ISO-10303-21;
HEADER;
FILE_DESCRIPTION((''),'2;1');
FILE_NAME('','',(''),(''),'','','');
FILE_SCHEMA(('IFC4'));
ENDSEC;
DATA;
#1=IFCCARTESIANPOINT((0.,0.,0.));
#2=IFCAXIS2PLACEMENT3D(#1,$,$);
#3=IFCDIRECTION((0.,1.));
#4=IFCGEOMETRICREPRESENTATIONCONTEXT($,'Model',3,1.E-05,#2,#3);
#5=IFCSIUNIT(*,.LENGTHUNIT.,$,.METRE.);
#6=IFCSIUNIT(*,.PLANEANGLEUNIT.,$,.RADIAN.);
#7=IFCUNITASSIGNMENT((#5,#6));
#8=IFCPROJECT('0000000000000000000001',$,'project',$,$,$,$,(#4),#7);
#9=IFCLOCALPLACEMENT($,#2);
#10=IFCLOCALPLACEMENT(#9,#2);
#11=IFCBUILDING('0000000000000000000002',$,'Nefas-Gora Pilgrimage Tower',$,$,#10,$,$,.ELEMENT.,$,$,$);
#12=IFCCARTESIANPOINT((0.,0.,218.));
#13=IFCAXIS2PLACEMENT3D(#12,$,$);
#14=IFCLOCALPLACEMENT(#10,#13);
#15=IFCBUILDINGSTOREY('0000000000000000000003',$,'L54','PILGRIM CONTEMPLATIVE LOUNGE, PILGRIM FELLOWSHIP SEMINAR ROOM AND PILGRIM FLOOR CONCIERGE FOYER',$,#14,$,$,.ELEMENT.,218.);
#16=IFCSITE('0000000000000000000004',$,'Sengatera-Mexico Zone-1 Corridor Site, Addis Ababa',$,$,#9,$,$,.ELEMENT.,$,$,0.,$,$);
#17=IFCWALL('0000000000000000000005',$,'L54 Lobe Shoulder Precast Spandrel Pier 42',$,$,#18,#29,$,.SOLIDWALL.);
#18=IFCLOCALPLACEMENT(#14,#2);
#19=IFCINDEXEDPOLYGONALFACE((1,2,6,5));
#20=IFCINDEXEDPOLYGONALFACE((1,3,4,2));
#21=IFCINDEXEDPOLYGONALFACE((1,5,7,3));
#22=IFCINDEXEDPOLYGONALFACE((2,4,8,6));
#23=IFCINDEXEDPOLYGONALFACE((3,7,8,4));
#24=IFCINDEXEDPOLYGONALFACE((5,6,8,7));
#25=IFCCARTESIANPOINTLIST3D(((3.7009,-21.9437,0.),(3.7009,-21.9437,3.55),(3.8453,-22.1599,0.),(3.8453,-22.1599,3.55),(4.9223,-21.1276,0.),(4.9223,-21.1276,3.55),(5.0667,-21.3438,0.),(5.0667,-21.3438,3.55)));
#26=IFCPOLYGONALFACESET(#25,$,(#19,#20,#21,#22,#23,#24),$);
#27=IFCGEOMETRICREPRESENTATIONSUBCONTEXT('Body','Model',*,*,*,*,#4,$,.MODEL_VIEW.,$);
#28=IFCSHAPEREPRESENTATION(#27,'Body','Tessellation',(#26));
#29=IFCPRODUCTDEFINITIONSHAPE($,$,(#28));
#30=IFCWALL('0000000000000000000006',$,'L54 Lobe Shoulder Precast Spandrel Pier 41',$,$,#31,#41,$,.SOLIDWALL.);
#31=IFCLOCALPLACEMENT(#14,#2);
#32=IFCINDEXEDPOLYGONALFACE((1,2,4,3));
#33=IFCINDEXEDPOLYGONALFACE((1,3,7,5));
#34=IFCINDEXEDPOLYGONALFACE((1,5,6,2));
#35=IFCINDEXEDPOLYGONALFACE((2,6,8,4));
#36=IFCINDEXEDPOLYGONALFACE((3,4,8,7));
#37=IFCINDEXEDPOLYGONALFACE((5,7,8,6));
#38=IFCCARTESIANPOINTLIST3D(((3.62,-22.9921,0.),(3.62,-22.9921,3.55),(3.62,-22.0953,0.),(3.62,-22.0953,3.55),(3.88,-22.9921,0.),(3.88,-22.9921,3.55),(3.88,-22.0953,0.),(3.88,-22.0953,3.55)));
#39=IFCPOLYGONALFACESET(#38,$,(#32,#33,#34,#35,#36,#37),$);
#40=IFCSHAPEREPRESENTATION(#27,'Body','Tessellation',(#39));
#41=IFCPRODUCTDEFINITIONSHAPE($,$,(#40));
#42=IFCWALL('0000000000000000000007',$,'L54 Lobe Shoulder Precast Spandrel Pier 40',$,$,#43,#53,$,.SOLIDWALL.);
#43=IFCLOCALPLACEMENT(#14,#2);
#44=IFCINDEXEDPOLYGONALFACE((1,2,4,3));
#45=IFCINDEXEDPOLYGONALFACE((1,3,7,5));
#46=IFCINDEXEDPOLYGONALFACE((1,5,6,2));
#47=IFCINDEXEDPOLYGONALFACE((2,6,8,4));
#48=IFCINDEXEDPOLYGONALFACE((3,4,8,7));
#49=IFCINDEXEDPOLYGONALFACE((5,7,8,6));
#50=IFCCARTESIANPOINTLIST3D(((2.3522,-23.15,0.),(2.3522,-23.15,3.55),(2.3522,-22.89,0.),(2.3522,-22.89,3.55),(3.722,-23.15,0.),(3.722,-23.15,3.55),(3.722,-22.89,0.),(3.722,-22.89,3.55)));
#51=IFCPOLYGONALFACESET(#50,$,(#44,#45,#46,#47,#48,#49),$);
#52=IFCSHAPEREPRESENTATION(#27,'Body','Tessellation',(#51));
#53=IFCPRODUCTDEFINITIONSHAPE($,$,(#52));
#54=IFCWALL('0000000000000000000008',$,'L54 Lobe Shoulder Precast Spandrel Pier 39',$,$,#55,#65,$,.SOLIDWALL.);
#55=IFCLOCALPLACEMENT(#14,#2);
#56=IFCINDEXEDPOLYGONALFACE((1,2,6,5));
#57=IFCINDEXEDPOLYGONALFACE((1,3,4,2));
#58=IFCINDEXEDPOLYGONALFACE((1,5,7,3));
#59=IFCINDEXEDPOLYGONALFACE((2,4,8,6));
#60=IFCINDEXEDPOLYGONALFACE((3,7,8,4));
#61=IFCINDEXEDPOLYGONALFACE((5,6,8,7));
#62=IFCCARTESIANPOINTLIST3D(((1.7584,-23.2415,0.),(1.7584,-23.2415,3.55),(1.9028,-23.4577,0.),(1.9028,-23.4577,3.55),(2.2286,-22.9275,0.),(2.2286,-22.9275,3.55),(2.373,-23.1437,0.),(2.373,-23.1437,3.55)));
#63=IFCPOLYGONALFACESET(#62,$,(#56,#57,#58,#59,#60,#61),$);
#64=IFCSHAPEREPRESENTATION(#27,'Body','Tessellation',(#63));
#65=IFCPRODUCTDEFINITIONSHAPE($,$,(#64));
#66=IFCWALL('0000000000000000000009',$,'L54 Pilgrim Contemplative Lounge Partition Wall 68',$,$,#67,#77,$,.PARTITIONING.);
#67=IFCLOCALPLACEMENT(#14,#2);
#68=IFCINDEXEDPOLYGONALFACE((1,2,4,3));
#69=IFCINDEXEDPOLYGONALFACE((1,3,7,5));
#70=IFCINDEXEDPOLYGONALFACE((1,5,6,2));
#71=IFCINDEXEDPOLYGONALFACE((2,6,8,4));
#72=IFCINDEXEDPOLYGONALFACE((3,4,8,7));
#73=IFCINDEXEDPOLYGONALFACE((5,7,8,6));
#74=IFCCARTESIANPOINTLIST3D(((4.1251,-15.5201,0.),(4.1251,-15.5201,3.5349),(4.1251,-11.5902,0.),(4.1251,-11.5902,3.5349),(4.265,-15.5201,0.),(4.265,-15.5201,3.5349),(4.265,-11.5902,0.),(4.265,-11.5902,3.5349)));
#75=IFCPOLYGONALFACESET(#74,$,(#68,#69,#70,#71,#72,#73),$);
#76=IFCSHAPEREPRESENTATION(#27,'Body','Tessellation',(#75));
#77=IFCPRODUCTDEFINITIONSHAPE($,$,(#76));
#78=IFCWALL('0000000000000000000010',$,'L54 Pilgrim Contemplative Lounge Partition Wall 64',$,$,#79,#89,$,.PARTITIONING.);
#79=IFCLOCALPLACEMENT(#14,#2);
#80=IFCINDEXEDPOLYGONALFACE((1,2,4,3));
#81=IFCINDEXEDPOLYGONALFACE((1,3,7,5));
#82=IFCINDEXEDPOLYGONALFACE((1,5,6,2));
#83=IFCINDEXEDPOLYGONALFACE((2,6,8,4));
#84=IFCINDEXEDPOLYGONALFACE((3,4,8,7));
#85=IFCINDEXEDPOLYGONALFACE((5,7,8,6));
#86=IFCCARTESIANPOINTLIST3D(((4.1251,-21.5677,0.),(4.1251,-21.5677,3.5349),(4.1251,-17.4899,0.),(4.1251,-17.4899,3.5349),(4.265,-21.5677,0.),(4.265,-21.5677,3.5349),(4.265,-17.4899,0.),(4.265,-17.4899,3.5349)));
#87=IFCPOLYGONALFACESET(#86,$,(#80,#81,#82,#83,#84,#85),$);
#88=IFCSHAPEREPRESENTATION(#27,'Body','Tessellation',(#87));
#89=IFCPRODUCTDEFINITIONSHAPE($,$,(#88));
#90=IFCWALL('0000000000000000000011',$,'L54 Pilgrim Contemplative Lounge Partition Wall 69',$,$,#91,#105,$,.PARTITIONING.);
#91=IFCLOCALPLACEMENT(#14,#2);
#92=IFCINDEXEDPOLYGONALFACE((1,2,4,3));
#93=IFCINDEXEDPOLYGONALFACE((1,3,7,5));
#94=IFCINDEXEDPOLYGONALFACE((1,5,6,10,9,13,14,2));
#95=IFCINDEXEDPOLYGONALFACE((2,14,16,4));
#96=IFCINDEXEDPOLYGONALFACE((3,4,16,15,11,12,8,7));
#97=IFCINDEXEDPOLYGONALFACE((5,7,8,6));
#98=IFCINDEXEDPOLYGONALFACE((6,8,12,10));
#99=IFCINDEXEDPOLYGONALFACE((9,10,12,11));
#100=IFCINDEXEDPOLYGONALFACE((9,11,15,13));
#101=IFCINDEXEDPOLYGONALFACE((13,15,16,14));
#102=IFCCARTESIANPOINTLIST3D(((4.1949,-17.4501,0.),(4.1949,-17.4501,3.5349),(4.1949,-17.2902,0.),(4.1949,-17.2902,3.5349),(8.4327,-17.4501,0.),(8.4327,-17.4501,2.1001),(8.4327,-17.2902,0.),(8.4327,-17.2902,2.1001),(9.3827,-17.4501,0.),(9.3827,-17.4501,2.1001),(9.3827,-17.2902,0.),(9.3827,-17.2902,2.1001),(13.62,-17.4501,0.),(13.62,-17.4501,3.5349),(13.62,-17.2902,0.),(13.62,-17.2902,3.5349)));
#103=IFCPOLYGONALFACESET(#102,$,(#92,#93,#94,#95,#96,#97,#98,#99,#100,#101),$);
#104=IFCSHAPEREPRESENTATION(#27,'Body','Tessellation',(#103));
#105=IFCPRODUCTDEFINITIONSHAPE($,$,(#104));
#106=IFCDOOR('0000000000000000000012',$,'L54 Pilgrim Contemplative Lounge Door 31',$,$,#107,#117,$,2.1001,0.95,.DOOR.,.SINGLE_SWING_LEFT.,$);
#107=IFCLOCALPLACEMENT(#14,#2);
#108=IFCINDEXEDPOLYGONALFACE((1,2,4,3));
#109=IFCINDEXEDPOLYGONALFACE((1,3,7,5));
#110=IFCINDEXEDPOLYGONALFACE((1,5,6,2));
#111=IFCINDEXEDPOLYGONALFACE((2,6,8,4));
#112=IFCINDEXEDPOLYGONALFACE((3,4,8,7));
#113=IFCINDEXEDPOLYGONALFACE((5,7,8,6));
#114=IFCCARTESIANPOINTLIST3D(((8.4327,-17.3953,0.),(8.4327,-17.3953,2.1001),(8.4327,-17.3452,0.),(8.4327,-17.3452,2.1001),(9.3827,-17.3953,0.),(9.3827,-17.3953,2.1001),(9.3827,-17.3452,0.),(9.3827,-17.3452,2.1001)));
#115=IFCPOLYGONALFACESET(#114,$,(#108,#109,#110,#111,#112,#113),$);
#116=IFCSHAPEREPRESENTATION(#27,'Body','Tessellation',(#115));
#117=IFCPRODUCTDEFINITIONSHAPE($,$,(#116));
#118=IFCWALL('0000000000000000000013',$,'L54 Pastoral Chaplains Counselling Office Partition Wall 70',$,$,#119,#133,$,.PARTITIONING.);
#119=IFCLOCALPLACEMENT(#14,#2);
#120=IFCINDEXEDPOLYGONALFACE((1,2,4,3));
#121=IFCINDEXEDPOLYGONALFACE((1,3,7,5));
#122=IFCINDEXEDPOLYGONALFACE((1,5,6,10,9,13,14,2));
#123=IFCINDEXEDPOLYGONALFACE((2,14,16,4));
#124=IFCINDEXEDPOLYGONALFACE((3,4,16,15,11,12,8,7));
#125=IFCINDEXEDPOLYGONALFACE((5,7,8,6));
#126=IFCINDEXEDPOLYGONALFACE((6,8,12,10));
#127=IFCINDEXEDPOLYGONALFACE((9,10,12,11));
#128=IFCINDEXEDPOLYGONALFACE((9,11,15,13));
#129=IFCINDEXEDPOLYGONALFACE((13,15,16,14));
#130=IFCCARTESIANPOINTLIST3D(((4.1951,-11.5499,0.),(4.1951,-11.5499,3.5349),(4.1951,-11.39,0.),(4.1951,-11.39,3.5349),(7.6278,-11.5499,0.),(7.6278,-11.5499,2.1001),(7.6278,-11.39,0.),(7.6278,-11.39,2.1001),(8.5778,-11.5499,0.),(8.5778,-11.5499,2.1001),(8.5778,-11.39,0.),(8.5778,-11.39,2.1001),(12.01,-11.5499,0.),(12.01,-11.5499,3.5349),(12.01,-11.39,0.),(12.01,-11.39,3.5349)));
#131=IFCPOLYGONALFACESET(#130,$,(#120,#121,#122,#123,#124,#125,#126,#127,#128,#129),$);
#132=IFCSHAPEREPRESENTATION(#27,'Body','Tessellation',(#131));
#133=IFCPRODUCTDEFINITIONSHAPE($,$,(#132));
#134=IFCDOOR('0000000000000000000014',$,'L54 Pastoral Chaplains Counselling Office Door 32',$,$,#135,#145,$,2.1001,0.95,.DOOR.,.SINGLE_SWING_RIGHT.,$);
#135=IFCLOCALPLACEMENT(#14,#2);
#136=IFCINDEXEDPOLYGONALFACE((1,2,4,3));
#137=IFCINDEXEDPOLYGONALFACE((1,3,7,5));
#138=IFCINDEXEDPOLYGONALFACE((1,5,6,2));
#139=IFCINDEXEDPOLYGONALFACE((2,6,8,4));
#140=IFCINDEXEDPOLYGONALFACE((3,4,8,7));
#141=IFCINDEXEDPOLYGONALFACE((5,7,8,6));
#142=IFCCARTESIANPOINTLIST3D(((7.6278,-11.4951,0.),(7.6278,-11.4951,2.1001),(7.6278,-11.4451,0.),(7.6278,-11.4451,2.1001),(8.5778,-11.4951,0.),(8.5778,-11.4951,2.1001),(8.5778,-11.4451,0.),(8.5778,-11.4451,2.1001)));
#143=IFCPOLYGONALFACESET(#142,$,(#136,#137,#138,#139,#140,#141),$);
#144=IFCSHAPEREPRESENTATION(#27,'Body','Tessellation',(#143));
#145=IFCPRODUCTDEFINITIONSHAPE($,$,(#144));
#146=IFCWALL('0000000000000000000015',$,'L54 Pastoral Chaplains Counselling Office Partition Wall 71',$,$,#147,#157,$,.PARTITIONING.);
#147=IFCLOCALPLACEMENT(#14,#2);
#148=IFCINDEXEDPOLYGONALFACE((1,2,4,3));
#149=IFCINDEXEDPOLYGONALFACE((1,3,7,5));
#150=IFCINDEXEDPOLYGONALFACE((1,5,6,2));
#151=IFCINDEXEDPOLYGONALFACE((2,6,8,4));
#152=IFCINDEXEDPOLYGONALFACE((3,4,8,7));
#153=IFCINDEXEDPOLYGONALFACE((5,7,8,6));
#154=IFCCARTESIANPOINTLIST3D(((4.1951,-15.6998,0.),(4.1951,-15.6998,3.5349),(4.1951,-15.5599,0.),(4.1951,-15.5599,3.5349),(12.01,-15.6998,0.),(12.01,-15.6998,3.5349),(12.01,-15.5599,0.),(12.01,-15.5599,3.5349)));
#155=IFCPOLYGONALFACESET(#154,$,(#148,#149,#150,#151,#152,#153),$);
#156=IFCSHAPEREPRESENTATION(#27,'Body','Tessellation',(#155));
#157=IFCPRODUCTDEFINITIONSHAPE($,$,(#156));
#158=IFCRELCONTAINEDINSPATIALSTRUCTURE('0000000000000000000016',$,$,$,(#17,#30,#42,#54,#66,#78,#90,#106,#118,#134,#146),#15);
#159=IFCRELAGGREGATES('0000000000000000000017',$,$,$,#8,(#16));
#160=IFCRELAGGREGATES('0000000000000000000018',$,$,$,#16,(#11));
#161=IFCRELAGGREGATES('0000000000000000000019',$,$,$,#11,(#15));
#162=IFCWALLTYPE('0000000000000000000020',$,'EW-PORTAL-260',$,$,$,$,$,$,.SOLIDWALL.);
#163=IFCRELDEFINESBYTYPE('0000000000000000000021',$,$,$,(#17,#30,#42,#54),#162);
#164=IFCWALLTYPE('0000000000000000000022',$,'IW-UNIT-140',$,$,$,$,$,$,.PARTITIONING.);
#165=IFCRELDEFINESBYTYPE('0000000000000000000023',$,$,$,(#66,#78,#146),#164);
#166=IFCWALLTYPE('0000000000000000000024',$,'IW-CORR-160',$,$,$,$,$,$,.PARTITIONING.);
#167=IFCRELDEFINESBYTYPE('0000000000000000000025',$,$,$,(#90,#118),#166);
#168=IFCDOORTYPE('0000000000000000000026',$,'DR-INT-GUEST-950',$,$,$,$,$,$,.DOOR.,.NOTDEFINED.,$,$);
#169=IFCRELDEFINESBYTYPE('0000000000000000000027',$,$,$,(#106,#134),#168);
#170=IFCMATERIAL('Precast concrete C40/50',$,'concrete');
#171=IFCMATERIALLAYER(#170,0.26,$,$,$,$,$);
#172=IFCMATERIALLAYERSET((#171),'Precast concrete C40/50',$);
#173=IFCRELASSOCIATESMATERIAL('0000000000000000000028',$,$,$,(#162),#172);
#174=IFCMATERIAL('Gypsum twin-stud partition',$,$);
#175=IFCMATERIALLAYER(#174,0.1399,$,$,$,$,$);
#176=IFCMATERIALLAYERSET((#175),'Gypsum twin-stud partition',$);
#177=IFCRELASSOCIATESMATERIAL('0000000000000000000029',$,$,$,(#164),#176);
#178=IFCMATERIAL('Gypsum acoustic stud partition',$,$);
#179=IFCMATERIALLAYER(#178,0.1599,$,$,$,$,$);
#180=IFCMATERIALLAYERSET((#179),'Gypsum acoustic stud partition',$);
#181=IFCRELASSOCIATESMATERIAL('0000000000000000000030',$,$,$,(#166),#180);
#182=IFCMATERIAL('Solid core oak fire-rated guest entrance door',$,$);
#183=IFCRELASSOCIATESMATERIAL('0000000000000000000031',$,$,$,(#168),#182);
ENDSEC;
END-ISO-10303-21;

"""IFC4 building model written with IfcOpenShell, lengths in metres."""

from ifc_helpers import new_model, si_unit, direction, frame, frame_2d, origin, place, context, subcontext, project, spatial, rectangle, extrude, source, transform, mapped, material, layer, layer_set, type_object, element, fill, save


model = new_model("IFC4")

# Units and contexts
model_context = context("Model", 3, precision=1e-05, world=origin(), true_north=direction((0.0, 1.0)))
body_context = subcontext(model_context, "Body", "Model", "MODEL_VIEW")
ifc_project = project(units=[si_unit("LENGTHUNIT", "METRE"), si_unit("PLANEANGLEUNIT", "RADIAN")], contexts=[model_context])

# Site, building, storey
site_placement = place(None, origin())
site = spatial("IfcSite", under=ifc_project, at=site_placement, Name="Sengatera-Mexico Zone-1 Corridor Site, Addis Ababa", CompositionType="ELEMENT", RefElevation=0.0)
building_placement = place(site_placement, origin())
building = spatial("IfcBuilding", under=site, at=building_placement, Name="Nefas-Gora Pilgrimage Tower", CompositionType="ELEMENT")
storey_placement = place(building_placement, frame((0.0, 0.0, 218.0)))
storey = spatial("IfcBuildingStorey", under=building, at=storey_placement, Name="L54", Description="PILGRIM CONTEMPLATIVE LOUNGE, PILGRIM FELLOWSHIP SEMINAR ROOM AND PILGRIM FLOOR CONCIERGE FOYER", CompositionType="ELEMENT", Elevation=218.0)

# Walls
ifc_material_1 = material(Name="Precast concrete C40/50", Category="concrete")
ifc_layer_1 = layer(ifc_material_1, 0.26)
ifc_layer_set_1 = layer_set([ifc_layer_1], Name="Precast concrete C40/50")
wall_type_1 = type_object("IfcWallType", Name="EW-PORTAL-260", PredefinedType="SOLIDWALL", material=ifc_layer_set_1)
shared_shape_1 = source(origin(), body_context, "Body", "SweptSolid", [
    extrude(rectangle(XDim=1.469, YDim=0.26, at=frame_2d((0.7344, 0.0))), origin(), (0.0, 0.0, 1.0), 3.55),
])
wall_1_placement = place(storey_placement, frame((3.7732, -22.0518, 0.0), z_axis=(0.0, 0.0, 1.0), x_axis=(0.831462, 0.555582, 0.0)))
element("IfcWall", 1, at=wall_1_placement, inside=storey, type_object=wall_type_1, Name="L54 Lobe Shoulder Precast Spandrel Pier 42", PredefinedType="SOLIDWALL", context=body_context, shape_type="MappedRepresentation", body=[
    mapped(shared_shape_1, transform((0.0, 0.0, 0.0), x_axis=(1.0, 0.0, 0.0), y_axis=(0.0, 1.0, 0.0), z_axis=(0.0, 0.0, 1.0), scale=1.0)),
])
shared_shape_2 = source(origin(), body_context, "Body", "SweptSolid", [
    extrude(rectangle(XDim=0.8967, YDim=0.26, at=frame_2d((0.4482, 0.0))), origin(), (0.0, 0.0, 1.0), 3.55),
])
wall_2_placement = place(storey_placement, frame((3.75, -22.9919, 0.0), z_axis=(0.0, 0.0, 1.0), x_axis=(0.0, 1.0, 0.0)))
element("IfcWall", 2, at=wall_2_placement, inside=storey, type_object=wall_type_1, Name="L54 Lobe Shoulder Precast Spandrel Pier 41", PredefinedType="SOLIDWALL", context=body_context, shape_type="MappedRepresentation", body=[
    mapped(shared_shape_2, transform((0.0, 0.0, 0.0), x_axis=(1.0, 0.0, 0.0), y_axis=(0.0, 1.0, 0.0), z_axis=(0.0, 0.0, 1.0), scale=1.0)),
])
shared_shape_3 = source(origin(), body_context, "Body", "SweptSolid", [
    extrude(rectangle(XDim=1.3699, YDim=0.26, at=frame_2d((0.6851, 0.0))), origin(), (0.0, 0.0, 1.0), 3.55),
])
wall_3_placement = place(storey_placement, frame((2.3521, -23.02, 0.0), z_axis=(0.0, 0.0, 1.0), x_axis=(1.0, 0.0, 0.0)))
element("IfcWall", 3, at=wall_3_placement, inside=storey, type_object=wall_type_1, Name="L54 Lobe Shoulder Precast Spandrel Pier 40", PredefinedType="SOLIDWALL", context=body_context, shape_type="MappedRepresentation", body=[
    mapped(shared_shape_3, transform((0.0, 0.0, 0.0), x_axis=(1.0, 0.0, 0.0), y_axis=(0.0, 1.0, 0.0), z_axis=(0.0, 0.0, 1.0), scale=1.0)),
])
shared_shape_4 = source(origin(), body_context, "Body", "SweptSolid", [
    extrude(rectangle(XDim=0.5654, YDim=0.26, at=frame_2d((0.2827, 0.0))), origin(), (0.0, 0.0, 1.0), 3.55),
])
wall_4_placement = place(storey_placement, frame((1.8306, -23.3496, 0.0), z_axis=(0.0, 0.0, 1.0), x_axis=(0.831651, 0.555298, 0.0)))
element("IfcWall", 4, at=wall_4_placement, inside=storey, type_object=wall_type_1, Name="L54 Lobe Shoulder Precast Spandrel Pier 39", PredefinedType="SOLIDWALL", context=body_context, shape_type="MappedRepresentation", body=[
    mapped(shared_shape_4, transform((0.0, 0.0, 0.0), x_axis=(1.0, 0.0, 0.0), y_axis=(0.0, 1.0, 0.0), z_axis=(0.0, 0.0, 1.0), scale=1.0)),
])
ifc_material_2 = material(Name="Gypsum twin-stud partition")
ifc_layer_2 = layer(ifc_material_2, 0.1399)
ifc_layer_set_2 = layer_set([ifc_layer_2], Name="Gypsum twin-stud partition")
wall_type_2 = type_object("IfcWallType", Name="IW-UNIT-140", PredefinedType="PARTITIONING", material=ifc_layer_set_2)
shared_shape_5 = source(origin(), body_context, "Body", "SweptSolid", [
    extrude(rectangle(XDim=3.9299, YDim=0.1399, at=frame_2d((1.9648, 0.0))), origin(), (0.0, 0.0, 1.0), 3.5349),
])
wall_5_placement = place(storey_placement, frame((4.1951, -15.52, 0.0), z_axis=(0.0, 0.0, 1.0), x_axis=(0.0, 1.0, 0.0)))
element("IfcWall", 5, at=wall_5_placement, inside=storey, type_object=wall_type_2, Name="L54 Pilgrim Contemplative Lounge Partition Wall 68", PredefinedType="PARTITIONING", context=body_context, shape_type="MappedRepresentation", body=[
    mapped(shared_shape_5, transform((0.0, 0.0, 0.0), x_axis=(1.0, 0.0, 0.0), y_axis=(0.0, 1.0, 0.0), z_axis=(0.0, 0.0, 1.0), scale=1.0)),
])
shared_shape_6 = source(origin(), body_context, "Body", "SweptSolid", [
    extrude(rectangle(XDim=4.0779, YDim=0.1399, at=frame_2d((2.0391, 0.0))), origin(), (0.0, 0.0, 1.0), 3.5349),
])
wall_6_placement = place(storey_placement, frame((4.1951, -21.5679, 0.0), z_axis=(0.0, 0.0, 1.0), x_axis=(0.0, 1.0, 0.0)))
element("IfcWall", 6, at=wall_6_placement, inside=storey, type_object=wall_type_2, Name="L54 Pilgrim Contemplative Lounge Partition Wall 64", PredefinedType="PARTITIONING", context=body_context, shape_type="MappedRepresentation", body=[
    mapped(shared_shape_6, transform((0.0, 0.0, 0.0), x_axis=(1.0, 0.0, 0.0), y_axis=(0.0, 1.0, 0.0), z_axis=(0.0, 0.0, 1.0), scale=1.0)),
])

# Walls, openings, doors
ifc_material_3 = material(Name="Gypsum acoustic stud partition")
ifc_layer_3 = layer(ifc_material_3, 0.1599)
ifc_layer_set_3 = layer_set([ifc_layer_3], Name="Gypsum acoustic stud partition")
wall_type_3 = type_object("IfcWallType", Name="IW-CORR-160", PredefinedType="PARTITIONING", material=ifc_layer_set_3)
shared_shape_7 = source(origin(), body_context, "Body", "SweptSolid", [
    extrude(rectangle(XDim=9.425, YDim=0.1599, at=frame_2d((4.7124, 0.0))), origin(), (0.0, 0.0, 1.0), 3.5349),
])
wall_7_placement = place(storey_placement, frame((4.1951, -17.3701, 0.0), z_axis=(0.0, 0.0, 1.0), x_axis=(1.0, 0.0, 0.0)))
wall_7 = element("IfcWall", 7, at=wall_7_placement, inside=storey, type_object=wall_type_3, Name="L54 Pilgrim Contemplative Lounge Partition Wall 69", PredefinedType="PARTITIONING", context=body_context, shape_type="MappedRepresentation", body=[
    mapped(shared_shape_7, transform((0.0, 0.0, 0.0), x_axis=(1.0, 0.0, 0.0), y_axis=(0.0, 1.0, 0.0), z_axis=(0.0, 0.0, 1.0), scale=1.0)),
])
opening_1_placement = place(wall_7_placement, frame((4.2375, 0.0, 0.0)))
opening_1 = element("IfcOpeningElement", 8, at=opening_1_placement, cuts=wall_7, PredefinedType="OPENING", context=body_context, shape_type="SweptSolid", body=[
    extrude(rectangle(XDim=0.95, YDim=2.1001, at=frame_2d((0.4751, 1.05))), frame((0.0, 0.0898, 0.0), z_axis=(0.0, -1.0, 0.0), x_axis=(1.0, 0.0, 0.0)), (0.0, 0.0, 1.0), 0.1799),
])
ifc_material_4 = material(Name="Solid core oak fire-rated guest entrance door")
door_type = type_object("IfcDoorType", Name="DR-INT-GUEST-950", OperationType="NOTDEFINED", PredefinedType="DOOR", material=ifc_material_4)
shared_shape_8 = source(origin(), body_context, "Body", "SweptSolid", [
    extrude(rectangle(XDim=0.95, YDim=2.1001, at=frame_2d((0.4751, 1.05))), frame((0.0, 0.0249, 0.0), z_axis=(0.0, -1.0, 0.0), x_axis=(1.0, 0.0, 0.0)), (0.0, 0.0, 1.0), 0.05),
])
door_1_placement = place(opening_1_placement, origin())
door_1 = element("IfcDoor", 9, at=door_1_placement, inside=storey, type_object=door_type, Name="L54 Pilgrim Contemplative Lounge Door 31", OperationType="SINGLE_SWING_LEFT", OverallHeight=2.1001, OverallWidth=0.95, PredefinedType="DOOR", context=body_context, shape_type="MappedRepresentation", body=[
    mapped(shared_shape_8, transform((0.0, 0.0, 0.0), x_axis=(1.0, 0.0, 0.0), y_axis=(0.0, 1.0, 0.0), z_axis=(0.0, 0.0, 1.0), scale=1.0)),
])
fill(opening_1, door_1)
shared_shape_9 = source(origin(), body_context, "Body", "SweptSolid", [
    extrude(rectangle(XDim=7.8149, YDim=0.1599, at=frame_2d((3.9075, 0.0))), origin(), (0.0, 0.0, 1.0), 3.5349),
])
wall_8_placement = place(storey_placement, frame((4.1951, -11.47, 0.0), z_axis=(0.0, 0.0, 1.0), x_axis=(1.0, 0.0, 0.0)))
wall_8 = element("IfcWall", 10, at=wall_8_placement, inside=storey, type_object=wall_type_3, Name="L54 Pastoral Chaplains Counselling Office Partition Wall 70", PredefinedType="PARTITIONING", context=body_context, shape_type="MappedRepresentation", body=[
    mapped(shared_shape_9, transform((0.0, 0.0, 0.0), x_axis=(1.0, 0.0, 0.0), y_axis=(0.0, 1.0, 0.0), z_axis=(0.0, 0.0, 1.0), scale=1.0)),
])
opening_2_placement = place(wall_8_placement, frame((3.4326, 0.0, 0.0)))
opening_2 = element("IfcOpeningElement", 11, at=opening_2_placement, cuts=wall_8, PredefinedType="OPENING", context=body_context, shape_type="SweptSolid", body=[
    extrude(rectangle(XDim=0.95, YDim=2.1001, at=frame_2d((0.4751, 1.05))), frame((0.0, 0.0898, 0.0), z_axis=(0.0, -1.0, 0.0), x_axis=(1.0, 0.0, 0.0)), (0.0, 0.0, 1.0), 0.1799),
])
door_2_placement = place(opening_2_placement, origin())
door_2 = element("IfcDoor", 12, at=door_2_placement, inside=storey, type_object=door_type, Name="L54 Pastoral Chaplains Counselling Office Door 32", OperationType="SINGLE_SWING_RIGHT", OverallHeight=2.1001, OverallWidth=0.95, PredefinedType="DOOR", context=body_context, shape_type="MappedRepresentation", body=[
    mapped(shared_shape_8, transform((0.0, 0.0, 0.0), x_axis=(1.0, 0.0, 0.0), y_axis=(0.0, 1.0, 0.0), z_axis=(0.0, 0.0, 1.0), scale=1.0)),
])
fill(opening_2, door_2)

# Wall
shared_shape_10 = source(origin(), body_context, "Body", "SweptSolid", [
    extrude(rectangle(XDim=7.8149, YDim=0.1399, at=frame_2d((3.9075, 0.0))), origin(), (0.0, 0.0, 1.0), 3.5349),
])
wall_9_placement = place(storey_placement, frame((4.1951, -15.6299, 0.0), z_axis=(0.0, 0.0, 1.0), x_axis=(1.0, 0.0, 0.0)))
element("IfcWall", 13, at=wall_9_placement, inside=storey, type_object=wall_type_2, Name="L54 Pastoral Chaplains Counselling Office Partition Wall 71", PredefinedType="PARTITIONING", context=body_context, shape_type="MappedRepresentation", body=[
    mapped(shared_shape_10, transform((0.0, 0.0, 0.0), x_axis=(1.0, 0.0, 0.0), y_axis=(0.0, 1.0, 0.0), z_axis=(0.0, 0.0, 1.0), scale=1.0)),
])

save(model, "model.ifc")
